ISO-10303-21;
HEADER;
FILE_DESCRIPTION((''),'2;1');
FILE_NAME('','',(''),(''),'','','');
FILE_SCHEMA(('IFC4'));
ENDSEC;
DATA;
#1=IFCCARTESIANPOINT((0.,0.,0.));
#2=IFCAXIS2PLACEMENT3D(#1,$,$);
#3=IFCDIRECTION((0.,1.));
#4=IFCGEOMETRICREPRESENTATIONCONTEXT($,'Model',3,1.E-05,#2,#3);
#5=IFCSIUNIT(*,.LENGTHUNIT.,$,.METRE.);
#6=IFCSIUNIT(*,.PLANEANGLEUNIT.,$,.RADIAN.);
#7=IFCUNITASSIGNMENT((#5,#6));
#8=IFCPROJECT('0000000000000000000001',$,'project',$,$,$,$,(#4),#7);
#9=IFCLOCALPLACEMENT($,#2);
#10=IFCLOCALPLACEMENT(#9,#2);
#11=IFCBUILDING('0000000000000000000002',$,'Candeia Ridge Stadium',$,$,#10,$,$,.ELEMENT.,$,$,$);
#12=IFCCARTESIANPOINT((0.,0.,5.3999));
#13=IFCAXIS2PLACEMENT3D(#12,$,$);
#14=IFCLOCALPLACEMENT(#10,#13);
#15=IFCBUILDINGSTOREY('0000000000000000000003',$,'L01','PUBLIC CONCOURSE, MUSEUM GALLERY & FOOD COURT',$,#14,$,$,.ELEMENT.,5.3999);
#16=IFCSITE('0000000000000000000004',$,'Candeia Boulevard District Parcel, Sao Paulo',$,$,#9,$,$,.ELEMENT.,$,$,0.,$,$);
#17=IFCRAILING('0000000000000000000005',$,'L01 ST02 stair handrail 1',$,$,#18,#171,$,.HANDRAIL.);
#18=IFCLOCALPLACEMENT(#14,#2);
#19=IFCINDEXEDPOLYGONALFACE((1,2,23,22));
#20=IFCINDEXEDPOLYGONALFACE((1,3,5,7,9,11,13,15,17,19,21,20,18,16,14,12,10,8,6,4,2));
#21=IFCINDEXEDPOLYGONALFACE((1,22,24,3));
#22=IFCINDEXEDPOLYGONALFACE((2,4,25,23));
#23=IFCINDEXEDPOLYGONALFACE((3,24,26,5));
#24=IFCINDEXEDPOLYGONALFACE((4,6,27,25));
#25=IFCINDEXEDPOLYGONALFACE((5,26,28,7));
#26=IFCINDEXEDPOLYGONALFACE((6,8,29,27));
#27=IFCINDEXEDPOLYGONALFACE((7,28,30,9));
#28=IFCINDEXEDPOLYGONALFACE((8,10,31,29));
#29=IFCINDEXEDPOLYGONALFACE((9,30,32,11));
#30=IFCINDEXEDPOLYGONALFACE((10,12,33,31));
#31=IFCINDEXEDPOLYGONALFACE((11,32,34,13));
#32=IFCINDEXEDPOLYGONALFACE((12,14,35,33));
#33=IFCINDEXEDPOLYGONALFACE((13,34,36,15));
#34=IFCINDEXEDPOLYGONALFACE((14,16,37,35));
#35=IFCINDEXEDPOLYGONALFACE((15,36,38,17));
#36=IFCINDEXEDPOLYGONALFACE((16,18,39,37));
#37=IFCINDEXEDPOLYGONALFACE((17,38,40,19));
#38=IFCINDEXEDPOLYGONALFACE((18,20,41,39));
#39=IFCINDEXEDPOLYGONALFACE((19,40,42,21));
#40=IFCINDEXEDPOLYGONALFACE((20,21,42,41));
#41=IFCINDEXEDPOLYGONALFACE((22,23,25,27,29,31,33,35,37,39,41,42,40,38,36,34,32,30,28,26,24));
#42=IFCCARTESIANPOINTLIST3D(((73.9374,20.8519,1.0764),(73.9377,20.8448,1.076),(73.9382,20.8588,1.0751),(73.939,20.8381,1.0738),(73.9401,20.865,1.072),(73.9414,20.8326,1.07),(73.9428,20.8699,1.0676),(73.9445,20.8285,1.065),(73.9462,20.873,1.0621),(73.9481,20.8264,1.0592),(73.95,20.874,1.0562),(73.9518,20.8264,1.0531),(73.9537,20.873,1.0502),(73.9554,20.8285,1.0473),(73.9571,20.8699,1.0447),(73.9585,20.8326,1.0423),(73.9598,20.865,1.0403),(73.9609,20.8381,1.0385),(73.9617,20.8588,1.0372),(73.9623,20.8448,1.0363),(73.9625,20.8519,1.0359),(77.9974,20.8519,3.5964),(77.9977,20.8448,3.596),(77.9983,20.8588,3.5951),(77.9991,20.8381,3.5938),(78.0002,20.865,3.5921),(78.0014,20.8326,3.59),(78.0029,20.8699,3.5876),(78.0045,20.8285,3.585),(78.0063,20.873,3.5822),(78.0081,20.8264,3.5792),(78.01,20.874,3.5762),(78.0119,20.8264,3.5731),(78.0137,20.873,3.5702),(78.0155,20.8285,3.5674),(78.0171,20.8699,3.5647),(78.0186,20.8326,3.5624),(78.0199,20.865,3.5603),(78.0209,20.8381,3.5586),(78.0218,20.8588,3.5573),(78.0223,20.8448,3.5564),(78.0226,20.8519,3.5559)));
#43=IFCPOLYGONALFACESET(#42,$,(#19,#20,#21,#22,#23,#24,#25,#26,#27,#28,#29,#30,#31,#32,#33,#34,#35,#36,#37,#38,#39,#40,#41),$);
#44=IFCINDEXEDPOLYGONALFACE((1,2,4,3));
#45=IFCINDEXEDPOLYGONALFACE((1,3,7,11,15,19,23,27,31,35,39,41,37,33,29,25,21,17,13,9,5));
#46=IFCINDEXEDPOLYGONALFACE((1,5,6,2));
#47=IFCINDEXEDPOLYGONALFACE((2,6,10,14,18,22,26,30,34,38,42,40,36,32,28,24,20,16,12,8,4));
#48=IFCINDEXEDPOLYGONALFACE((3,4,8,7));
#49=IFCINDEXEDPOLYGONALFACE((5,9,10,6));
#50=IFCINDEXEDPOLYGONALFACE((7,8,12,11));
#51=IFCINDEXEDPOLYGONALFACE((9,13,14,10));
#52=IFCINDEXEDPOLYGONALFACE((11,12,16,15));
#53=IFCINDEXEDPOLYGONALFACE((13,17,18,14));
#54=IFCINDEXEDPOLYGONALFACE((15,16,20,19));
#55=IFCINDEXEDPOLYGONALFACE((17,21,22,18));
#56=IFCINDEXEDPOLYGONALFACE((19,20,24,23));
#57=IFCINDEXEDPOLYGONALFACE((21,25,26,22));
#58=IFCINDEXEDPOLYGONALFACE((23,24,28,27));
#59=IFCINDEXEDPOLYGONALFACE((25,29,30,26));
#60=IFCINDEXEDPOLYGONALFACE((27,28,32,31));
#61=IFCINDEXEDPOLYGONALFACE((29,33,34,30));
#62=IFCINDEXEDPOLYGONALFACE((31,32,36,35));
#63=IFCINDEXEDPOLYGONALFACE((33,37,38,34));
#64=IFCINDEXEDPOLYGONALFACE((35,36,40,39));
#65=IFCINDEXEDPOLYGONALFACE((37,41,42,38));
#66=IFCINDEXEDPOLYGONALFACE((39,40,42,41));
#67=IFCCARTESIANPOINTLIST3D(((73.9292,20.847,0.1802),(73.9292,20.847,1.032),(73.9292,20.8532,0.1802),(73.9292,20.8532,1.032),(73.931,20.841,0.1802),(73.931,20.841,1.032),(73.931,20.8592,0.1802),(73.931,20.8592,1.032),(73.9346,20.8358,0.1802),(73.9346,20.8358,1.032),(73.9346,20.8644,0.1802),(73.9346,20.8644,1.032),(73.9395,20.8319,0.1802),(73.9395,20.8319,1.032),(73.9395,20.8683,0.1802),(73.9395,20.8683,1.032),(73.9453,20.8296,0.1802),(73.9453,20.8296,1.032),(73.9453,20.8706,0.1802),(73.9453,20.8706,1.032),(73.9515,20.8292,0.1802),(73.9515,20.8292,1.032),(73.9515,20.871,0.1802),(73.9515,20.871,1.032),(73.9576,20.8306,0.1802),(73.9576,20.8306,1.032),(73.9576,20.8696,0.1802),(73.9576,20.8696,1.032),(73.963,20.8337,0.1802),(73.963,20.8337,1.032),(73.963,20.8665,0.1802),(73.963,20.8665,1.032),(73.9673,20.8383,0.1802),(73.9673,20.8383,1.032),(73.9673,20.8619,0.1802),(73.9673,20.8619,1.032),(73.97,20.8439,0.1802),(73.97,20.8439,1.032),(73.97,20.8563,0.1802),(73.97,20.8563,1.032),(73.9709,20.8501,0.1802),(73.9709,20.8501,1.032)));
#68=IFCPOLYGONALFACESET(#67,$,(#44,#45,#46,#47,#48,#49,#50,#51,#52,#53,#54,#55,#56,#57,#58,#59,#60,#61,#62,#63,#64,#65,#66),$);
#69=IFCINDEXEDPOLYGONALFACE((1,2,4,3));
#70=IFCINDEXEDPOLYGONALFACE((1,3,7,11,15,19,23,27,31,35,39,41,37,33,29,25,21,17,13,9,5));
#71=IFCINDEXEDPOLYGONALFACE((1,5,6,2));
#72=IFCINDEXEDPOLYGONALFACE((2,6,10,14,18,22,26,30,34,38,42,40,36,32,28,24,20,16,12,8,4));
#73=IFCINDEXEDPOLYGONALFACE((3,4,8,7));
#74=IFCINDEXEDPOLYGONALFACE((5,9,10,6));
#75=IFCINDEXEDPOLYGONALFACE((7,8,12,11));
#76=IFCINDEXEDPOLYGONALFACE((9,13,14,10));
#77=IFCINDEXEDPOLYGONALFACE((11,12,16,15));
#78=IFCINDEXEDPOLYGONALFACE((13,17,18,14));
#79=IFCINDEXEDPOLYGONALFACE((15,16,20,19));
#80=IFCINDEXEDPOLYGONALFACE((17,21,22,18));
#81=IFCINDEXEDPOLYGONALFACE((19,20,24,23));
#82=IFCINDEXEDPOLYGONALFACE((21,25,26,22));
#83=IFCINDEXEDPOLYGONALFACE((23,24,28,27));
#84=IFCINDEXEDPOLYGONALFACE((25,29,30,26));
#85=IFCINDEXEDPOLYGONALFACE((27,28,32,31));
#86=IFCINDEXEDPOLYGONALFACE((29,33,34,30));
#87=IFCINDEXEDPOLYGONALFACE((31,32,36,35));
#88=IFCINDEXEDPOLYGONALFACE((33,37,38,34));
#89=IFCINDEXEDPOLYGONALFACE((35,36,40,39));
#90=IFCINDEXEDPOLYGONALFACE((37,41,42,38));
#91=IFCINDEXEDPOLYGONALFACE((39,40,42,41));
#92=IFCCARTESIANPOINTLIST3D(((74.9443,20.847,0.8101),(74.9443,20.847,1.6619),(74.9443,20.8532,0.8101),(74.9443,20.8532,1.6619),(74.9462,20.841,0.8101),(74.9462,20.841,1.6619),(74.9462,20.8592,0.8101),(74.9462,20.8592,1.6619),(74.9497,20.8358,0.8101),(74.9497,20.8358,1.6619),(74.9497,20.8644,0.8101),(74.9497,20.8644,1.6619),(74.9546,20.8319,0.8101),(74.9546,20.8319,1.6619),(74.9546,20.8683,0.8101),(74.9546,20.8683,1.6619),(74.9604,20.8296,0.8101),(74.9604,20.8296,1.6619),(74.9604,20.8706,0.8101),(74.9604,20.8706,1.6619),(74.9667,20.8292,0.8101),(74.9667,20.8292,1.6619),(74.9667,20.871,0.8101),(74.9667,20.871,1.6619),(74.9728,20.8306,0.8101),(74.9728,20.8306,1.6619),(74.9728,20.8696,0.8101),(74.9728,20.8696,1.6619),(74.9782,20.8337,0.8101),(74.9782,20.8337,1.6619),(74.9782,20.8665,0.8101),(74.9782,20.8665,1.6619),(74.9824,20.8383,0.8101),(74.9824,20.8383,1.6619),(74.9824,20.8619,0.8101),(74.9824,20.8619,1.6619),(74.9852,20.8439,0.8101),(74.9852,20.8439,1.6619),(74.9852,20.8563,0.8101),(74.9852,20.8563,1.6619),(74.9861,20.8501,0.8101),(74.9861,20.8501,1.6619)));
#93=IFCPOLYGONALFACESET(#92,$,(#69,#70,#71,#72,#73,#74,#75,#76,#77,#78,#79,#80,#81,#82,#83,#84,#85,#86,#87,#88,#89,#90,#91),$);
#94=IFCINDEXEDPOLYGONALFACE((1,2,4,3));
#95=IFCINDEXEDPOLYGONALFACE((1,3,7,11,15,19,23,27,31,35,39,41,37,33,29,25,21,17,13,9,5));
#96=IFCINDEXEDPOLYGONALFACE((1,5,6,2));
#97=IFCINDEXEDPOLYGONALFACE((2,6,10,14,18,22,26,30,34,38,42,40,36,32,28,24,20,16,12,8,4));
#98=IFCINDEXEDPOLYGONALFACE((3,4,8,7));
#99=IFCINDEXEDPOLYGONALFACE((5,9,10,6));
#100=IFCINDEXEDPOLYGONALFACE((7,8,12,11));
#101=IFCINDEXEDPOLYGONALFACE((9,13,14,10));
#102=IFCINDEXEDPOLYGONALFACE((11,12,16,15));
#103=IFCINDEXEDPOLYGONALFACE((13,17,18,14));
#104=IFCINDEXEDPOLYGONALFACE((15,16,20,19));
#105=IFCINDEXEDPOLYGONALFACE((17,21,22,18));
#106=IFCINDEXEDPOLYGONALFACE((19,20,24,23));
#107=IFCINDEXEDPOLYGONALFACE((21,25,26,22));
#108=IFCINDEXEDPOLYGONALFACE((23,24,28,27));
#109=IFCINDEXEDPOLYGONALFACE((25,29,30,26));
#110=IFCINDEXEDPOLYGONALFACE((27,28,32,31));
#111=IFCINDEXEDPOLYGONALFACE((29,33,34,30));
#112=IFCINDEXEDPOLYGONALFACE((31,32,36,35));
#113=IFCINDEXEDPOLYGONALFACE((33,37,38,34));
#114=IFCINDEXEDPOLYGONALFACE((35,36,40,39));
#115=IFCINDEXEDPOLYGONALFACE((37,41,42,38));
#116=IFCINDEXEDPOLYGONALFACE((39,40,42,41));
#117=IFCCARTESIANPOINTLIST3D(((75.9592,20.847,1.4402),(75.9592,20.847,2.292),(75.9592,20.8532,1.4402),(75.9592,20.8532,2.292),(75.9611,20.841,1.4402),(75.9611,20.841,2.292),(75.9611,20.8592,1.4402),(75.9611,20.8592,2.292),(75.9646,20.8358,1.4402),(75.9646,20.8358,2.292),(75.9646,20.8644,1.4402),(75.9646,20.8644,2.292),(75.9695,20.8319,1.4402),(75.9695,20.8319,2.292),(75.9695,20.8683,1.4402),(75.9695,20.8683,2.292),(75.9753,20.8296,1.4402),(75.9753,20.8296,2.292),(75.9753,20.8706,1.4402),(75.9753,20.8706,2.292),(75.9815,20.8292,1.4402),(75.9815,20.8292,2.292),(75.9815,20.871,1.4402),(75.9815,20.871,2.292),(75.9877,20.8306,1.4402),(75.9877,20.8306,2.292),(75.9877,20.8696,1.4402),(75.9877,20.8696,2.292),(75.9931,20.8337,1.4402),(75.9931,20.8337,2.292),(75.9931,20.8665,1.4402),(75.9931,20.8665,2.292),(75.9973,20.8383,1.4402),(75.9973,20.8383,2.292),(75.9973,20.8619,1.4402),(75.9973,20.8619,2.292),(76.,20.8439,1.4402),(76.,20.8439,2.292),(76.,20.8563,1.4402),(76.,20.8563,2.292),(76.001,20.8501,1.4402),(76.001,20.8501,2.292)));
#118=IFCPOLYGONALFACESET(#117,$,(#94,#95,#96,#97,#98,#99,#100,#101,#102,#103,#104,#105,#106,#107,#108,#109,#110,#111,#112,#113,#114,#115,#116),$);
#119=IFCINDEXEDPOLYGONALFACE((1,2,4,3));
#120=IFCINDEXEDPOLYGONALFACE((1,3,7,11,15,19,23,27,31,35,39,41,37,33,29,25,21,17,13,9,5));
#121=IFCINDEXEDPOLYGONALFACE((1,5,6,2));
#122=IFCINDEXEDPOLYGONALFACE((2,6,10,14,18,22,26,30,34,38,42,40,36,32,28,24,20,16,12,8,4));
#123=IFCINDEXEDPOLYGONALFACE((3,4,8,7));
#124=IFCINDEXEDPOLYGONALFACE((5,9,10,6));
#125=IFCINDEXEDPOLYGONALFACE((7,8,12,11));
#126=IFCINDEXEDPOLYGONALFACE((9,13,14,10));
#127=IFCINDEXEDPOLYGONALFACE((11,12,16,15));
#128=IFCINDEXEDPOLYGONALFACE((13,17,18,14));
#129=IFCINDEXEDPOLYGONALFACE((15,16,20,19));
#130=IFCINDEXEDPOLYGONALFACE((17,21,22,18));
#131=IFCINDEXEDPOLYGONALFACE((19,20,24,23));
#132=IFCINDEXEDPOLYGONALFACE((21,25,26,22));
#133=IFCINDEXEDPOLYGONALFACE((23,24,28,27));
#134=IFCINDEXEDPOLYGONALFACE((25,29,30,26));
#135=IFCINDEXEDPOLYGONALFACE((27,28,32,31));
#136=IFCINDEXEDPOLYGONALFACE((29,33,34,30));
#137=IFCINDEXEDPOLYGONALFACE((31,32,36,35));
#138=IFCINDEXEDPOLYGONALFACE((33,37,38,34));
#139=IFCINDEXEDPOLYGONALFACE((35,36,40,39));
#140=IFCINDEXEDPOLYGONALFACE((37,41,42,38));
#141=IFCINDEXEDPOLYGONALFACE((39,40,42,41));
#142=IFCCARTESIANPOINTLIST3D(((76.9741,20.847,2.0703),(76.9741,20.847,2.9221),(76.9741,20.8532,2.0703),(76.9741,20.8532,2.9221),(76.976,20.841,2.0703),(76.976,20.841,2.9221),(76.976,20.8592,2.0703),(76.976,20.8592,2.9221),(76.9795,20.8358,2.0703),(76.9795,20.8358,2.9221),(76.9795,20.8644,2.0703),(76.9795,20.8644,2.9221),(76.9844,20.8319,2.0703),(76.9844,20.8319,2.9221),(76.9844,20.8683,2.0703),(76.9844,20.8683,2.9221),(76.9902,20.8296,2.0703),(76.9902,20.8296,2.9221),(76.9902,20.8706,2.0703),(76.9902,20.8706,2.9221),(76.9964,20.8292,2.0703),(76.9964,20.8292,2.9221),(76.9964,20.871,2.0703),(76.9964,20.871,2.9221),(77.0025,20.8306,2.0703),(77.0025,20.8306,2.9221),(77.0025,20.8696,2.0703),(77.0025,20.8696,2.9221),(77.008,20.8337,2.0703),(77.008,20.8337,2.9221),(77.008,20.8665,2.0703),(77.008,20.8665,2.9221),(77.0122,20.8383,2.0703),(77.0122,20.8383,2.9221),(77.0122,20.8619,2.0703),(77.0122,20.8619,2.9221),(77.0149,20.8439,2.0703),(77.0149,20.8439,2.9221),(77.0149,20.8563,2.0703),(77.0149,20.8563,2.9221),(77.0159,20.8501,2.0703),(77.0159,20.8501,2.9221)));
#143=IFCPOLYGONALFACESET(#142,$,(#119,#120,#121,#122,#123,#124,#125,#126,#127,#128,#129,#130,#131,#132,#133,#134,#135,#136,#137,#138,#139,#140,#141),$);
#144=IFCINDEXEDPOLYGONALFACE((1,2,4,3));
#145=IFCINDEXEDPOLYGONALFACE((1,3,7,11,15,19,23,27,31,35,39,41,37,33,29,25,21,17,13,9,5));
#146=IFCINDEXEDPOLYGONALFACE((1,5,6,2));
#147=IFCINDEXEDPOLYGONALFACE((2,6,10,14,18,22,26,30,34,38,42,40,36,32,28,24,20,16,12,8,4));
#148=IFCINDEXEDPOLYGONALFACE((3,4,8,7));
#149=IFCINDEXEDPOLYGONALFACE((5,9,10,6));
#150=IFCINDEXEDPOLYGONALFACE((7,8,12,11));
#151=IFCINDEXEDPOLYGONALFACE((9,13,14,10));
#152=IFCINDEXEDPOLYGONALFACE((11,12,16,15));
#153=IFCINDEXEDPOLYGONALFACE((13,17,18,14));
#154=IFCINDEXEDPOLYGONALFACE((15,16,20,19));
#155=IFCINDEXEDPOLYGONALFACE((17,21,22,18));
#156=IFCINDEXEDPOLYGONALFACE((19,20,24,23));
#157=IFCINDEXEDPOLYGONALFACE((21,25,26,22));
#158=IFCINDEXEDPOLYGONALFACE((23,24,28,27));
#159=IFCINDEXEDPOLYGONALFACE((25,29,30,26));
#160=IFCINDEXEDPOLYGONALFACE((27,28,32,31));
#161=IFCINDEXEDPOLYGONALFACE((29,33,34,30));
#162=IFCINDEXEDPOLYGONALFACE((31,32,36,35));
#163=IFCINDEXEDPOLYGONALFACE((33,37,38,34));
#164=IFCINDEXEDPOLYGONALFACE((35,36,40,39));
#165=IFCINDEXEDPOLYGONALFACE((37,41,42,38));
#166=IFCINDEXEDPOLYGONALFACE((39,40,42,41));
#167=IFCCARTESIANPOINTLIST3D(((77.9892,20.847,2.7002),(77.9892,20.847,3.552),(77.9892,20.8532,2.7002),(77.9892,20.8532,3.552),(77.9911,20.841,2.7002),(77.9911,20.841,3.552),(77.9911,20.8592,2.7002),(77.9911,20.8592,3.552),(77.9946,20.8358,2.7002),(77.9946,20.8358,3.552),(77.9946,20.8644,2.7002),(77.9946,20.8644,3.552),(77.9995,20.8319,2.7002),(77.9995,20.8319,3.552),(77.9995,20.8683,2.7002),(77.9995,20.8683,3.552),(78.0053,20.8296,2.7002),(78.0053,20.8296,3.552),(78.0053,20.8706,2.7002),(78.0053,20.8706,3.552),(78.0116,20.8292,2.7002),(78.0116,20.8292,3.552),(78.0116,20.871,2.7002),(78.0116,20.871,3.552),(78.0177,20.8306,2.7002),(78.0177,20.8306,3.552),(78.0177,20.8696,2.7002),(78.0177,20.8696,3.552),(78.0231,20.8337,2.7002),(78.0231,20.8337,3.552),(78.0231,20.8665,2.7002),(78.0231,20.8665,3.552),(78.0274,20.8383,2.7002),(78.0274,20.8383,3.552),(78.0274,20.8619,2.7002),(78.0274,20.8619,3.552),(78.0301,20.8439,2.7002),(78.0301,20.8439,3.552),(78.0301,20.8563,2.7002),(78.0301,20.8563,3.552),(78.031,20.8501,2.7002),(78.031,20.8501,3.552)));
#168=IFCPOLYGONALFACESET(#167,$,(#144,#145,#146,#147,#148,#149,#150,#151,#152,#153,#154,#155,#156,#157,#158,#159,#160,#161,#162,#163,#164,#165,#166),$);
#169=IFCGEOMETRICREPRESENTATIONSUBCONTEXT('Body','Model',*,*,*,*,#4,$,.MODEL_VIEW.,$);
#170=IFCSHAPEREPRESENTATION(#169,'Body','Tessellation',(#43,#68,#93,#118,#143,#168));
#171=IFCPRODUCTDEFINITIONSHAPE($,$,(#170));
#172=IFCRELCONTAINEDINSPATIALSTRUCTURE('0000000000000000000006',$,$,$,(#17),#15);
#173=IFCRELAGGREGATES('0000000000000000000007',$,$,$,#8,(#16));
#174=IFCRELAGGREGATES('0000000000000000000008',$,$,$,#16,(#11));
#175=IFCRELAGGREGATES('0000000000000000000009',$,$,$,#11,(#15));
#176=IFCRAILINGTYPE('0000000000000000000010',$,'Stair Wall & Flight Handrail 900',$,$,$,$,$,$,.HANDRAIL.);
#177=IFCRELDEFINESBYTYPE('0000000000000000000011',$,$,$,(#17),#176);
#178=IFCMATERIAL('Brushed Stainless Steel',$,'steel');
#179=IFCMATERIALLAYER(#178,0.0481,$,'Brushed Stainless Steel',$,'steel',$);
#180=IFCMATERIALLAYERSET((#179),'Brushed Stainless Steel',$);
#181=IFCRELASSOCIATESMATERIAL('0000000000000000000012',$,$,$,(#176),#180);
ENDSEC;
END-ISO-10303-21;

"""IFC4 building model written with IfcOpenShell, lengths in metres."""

from ifc_helpers import new_model, si_unit, direction, frame, origin, origin_2d, place, context, subcontext, project, spatial, circle, extrude, material, layer, layer_set, type_object, element, save


model = new_model("IFC4")

# Units and contexts
model_context = context("Model", 3, precision=1e-05, world=origin(), true_north=direction((0.0, 1.0)))
body_context = subcontext(model_context, "Body", "Model", "MODEL_VIEW")
ifc_project = project(units=[si_unit("LENGTHUNIT", "METRE"), si_unit("PLANEANGLEUNIT", "RADIAN")], contexts=[model_context])

# Site, building, storey
site_placement = place(None, origin())
site = spatial("IfcSite", under=ifc_project, at=site_placement, Name="Candeia Boulevard District Parcel, Sao Paulo", CompositionType="ELEMENT", RefElevation=0.0)
building_placement = place(site_placement, origin())
building = spatial("IfcBuilding", under=site, at=building_placement, Name="Candeia Ridge Stadium", CompositionType="ELEMENT")
storey_placement = place(building_placement, frame((0.0, 0.0, 5.3999)))
storey = spatial("IfcBuildingStorey", under=building, at=storey_placement, Name="L01", Description="PUBLIC CONCOURSE, MUSEUM GALLERY & FOOD COURT", CompositionType="ELEMENT", Elevation=5.3999)

# Railing
ifc_material_1 = material(Name="Brushed Stainless Steel", Category="steel")
ifc_layer_1 = layer(ifc_material_1, 0.0481, Name="Brushed Stainless Steel", Category="steel")
ifc_layer_set_1 = layer_set([ifc_layer_1], Name="Brushed Stainless Steel")
railing_type_1 = type_object("IfcRailingType", Name="Stair Wall & Flight Handrail 900", PredefinedType="HANDRAIL", material=ifc_layer_set_1)
railing_1_placement = place(storey_placement, frame((73.95, 20.8501, 0.1802)))
element("IfcRailing", 1, at=railing_1_placement, inside=storey, type_object=railing_type_1, Name="L01 ST02 stair handrail 1", PredefinedType="HANDRAIL", context=body_context, shape_type="SweptSolid", body=[
    extrude(circle(Radius=0.0239, at=origin_2d()), frame((0.0, 0.0, 0.876), z_axis=(0.849642, 0.0, 0.52736), x_axis=(0.0, 1.0, 0.0)), (0.0, 0.0, 1.0), 4.7786),
    extrude(circle(Radius=0.021, at=origin_2d()), origin(), (0.0, 0.0, 1.0), 0.8518),
    extrude(circle(Radius=0.021, at=origin_2d()), frame((1.0151, 0.0, 0.6299)), (0.0, 0.0, 1.0), 0.8518),
    extrude(circle(Radius=0.021, at=origin_2d()), frame((2.03, 0.0, 1.26)), (0.0, 0.0, 1.0), 0.8518),
    extrude(circle(Radius=0.021, at=origin_2d()), frame((3.0449, 0.0, 1.8901)), (0.0, 0.0, 1.0), 0.8518),
    extrude(circle(Radius=0.021, at=origin_2d()), frame((4.0601, 0.0, 2.52)), (0.0, 0.0, 1.0), 0.8518),
])

save(model, "model.ifc")
